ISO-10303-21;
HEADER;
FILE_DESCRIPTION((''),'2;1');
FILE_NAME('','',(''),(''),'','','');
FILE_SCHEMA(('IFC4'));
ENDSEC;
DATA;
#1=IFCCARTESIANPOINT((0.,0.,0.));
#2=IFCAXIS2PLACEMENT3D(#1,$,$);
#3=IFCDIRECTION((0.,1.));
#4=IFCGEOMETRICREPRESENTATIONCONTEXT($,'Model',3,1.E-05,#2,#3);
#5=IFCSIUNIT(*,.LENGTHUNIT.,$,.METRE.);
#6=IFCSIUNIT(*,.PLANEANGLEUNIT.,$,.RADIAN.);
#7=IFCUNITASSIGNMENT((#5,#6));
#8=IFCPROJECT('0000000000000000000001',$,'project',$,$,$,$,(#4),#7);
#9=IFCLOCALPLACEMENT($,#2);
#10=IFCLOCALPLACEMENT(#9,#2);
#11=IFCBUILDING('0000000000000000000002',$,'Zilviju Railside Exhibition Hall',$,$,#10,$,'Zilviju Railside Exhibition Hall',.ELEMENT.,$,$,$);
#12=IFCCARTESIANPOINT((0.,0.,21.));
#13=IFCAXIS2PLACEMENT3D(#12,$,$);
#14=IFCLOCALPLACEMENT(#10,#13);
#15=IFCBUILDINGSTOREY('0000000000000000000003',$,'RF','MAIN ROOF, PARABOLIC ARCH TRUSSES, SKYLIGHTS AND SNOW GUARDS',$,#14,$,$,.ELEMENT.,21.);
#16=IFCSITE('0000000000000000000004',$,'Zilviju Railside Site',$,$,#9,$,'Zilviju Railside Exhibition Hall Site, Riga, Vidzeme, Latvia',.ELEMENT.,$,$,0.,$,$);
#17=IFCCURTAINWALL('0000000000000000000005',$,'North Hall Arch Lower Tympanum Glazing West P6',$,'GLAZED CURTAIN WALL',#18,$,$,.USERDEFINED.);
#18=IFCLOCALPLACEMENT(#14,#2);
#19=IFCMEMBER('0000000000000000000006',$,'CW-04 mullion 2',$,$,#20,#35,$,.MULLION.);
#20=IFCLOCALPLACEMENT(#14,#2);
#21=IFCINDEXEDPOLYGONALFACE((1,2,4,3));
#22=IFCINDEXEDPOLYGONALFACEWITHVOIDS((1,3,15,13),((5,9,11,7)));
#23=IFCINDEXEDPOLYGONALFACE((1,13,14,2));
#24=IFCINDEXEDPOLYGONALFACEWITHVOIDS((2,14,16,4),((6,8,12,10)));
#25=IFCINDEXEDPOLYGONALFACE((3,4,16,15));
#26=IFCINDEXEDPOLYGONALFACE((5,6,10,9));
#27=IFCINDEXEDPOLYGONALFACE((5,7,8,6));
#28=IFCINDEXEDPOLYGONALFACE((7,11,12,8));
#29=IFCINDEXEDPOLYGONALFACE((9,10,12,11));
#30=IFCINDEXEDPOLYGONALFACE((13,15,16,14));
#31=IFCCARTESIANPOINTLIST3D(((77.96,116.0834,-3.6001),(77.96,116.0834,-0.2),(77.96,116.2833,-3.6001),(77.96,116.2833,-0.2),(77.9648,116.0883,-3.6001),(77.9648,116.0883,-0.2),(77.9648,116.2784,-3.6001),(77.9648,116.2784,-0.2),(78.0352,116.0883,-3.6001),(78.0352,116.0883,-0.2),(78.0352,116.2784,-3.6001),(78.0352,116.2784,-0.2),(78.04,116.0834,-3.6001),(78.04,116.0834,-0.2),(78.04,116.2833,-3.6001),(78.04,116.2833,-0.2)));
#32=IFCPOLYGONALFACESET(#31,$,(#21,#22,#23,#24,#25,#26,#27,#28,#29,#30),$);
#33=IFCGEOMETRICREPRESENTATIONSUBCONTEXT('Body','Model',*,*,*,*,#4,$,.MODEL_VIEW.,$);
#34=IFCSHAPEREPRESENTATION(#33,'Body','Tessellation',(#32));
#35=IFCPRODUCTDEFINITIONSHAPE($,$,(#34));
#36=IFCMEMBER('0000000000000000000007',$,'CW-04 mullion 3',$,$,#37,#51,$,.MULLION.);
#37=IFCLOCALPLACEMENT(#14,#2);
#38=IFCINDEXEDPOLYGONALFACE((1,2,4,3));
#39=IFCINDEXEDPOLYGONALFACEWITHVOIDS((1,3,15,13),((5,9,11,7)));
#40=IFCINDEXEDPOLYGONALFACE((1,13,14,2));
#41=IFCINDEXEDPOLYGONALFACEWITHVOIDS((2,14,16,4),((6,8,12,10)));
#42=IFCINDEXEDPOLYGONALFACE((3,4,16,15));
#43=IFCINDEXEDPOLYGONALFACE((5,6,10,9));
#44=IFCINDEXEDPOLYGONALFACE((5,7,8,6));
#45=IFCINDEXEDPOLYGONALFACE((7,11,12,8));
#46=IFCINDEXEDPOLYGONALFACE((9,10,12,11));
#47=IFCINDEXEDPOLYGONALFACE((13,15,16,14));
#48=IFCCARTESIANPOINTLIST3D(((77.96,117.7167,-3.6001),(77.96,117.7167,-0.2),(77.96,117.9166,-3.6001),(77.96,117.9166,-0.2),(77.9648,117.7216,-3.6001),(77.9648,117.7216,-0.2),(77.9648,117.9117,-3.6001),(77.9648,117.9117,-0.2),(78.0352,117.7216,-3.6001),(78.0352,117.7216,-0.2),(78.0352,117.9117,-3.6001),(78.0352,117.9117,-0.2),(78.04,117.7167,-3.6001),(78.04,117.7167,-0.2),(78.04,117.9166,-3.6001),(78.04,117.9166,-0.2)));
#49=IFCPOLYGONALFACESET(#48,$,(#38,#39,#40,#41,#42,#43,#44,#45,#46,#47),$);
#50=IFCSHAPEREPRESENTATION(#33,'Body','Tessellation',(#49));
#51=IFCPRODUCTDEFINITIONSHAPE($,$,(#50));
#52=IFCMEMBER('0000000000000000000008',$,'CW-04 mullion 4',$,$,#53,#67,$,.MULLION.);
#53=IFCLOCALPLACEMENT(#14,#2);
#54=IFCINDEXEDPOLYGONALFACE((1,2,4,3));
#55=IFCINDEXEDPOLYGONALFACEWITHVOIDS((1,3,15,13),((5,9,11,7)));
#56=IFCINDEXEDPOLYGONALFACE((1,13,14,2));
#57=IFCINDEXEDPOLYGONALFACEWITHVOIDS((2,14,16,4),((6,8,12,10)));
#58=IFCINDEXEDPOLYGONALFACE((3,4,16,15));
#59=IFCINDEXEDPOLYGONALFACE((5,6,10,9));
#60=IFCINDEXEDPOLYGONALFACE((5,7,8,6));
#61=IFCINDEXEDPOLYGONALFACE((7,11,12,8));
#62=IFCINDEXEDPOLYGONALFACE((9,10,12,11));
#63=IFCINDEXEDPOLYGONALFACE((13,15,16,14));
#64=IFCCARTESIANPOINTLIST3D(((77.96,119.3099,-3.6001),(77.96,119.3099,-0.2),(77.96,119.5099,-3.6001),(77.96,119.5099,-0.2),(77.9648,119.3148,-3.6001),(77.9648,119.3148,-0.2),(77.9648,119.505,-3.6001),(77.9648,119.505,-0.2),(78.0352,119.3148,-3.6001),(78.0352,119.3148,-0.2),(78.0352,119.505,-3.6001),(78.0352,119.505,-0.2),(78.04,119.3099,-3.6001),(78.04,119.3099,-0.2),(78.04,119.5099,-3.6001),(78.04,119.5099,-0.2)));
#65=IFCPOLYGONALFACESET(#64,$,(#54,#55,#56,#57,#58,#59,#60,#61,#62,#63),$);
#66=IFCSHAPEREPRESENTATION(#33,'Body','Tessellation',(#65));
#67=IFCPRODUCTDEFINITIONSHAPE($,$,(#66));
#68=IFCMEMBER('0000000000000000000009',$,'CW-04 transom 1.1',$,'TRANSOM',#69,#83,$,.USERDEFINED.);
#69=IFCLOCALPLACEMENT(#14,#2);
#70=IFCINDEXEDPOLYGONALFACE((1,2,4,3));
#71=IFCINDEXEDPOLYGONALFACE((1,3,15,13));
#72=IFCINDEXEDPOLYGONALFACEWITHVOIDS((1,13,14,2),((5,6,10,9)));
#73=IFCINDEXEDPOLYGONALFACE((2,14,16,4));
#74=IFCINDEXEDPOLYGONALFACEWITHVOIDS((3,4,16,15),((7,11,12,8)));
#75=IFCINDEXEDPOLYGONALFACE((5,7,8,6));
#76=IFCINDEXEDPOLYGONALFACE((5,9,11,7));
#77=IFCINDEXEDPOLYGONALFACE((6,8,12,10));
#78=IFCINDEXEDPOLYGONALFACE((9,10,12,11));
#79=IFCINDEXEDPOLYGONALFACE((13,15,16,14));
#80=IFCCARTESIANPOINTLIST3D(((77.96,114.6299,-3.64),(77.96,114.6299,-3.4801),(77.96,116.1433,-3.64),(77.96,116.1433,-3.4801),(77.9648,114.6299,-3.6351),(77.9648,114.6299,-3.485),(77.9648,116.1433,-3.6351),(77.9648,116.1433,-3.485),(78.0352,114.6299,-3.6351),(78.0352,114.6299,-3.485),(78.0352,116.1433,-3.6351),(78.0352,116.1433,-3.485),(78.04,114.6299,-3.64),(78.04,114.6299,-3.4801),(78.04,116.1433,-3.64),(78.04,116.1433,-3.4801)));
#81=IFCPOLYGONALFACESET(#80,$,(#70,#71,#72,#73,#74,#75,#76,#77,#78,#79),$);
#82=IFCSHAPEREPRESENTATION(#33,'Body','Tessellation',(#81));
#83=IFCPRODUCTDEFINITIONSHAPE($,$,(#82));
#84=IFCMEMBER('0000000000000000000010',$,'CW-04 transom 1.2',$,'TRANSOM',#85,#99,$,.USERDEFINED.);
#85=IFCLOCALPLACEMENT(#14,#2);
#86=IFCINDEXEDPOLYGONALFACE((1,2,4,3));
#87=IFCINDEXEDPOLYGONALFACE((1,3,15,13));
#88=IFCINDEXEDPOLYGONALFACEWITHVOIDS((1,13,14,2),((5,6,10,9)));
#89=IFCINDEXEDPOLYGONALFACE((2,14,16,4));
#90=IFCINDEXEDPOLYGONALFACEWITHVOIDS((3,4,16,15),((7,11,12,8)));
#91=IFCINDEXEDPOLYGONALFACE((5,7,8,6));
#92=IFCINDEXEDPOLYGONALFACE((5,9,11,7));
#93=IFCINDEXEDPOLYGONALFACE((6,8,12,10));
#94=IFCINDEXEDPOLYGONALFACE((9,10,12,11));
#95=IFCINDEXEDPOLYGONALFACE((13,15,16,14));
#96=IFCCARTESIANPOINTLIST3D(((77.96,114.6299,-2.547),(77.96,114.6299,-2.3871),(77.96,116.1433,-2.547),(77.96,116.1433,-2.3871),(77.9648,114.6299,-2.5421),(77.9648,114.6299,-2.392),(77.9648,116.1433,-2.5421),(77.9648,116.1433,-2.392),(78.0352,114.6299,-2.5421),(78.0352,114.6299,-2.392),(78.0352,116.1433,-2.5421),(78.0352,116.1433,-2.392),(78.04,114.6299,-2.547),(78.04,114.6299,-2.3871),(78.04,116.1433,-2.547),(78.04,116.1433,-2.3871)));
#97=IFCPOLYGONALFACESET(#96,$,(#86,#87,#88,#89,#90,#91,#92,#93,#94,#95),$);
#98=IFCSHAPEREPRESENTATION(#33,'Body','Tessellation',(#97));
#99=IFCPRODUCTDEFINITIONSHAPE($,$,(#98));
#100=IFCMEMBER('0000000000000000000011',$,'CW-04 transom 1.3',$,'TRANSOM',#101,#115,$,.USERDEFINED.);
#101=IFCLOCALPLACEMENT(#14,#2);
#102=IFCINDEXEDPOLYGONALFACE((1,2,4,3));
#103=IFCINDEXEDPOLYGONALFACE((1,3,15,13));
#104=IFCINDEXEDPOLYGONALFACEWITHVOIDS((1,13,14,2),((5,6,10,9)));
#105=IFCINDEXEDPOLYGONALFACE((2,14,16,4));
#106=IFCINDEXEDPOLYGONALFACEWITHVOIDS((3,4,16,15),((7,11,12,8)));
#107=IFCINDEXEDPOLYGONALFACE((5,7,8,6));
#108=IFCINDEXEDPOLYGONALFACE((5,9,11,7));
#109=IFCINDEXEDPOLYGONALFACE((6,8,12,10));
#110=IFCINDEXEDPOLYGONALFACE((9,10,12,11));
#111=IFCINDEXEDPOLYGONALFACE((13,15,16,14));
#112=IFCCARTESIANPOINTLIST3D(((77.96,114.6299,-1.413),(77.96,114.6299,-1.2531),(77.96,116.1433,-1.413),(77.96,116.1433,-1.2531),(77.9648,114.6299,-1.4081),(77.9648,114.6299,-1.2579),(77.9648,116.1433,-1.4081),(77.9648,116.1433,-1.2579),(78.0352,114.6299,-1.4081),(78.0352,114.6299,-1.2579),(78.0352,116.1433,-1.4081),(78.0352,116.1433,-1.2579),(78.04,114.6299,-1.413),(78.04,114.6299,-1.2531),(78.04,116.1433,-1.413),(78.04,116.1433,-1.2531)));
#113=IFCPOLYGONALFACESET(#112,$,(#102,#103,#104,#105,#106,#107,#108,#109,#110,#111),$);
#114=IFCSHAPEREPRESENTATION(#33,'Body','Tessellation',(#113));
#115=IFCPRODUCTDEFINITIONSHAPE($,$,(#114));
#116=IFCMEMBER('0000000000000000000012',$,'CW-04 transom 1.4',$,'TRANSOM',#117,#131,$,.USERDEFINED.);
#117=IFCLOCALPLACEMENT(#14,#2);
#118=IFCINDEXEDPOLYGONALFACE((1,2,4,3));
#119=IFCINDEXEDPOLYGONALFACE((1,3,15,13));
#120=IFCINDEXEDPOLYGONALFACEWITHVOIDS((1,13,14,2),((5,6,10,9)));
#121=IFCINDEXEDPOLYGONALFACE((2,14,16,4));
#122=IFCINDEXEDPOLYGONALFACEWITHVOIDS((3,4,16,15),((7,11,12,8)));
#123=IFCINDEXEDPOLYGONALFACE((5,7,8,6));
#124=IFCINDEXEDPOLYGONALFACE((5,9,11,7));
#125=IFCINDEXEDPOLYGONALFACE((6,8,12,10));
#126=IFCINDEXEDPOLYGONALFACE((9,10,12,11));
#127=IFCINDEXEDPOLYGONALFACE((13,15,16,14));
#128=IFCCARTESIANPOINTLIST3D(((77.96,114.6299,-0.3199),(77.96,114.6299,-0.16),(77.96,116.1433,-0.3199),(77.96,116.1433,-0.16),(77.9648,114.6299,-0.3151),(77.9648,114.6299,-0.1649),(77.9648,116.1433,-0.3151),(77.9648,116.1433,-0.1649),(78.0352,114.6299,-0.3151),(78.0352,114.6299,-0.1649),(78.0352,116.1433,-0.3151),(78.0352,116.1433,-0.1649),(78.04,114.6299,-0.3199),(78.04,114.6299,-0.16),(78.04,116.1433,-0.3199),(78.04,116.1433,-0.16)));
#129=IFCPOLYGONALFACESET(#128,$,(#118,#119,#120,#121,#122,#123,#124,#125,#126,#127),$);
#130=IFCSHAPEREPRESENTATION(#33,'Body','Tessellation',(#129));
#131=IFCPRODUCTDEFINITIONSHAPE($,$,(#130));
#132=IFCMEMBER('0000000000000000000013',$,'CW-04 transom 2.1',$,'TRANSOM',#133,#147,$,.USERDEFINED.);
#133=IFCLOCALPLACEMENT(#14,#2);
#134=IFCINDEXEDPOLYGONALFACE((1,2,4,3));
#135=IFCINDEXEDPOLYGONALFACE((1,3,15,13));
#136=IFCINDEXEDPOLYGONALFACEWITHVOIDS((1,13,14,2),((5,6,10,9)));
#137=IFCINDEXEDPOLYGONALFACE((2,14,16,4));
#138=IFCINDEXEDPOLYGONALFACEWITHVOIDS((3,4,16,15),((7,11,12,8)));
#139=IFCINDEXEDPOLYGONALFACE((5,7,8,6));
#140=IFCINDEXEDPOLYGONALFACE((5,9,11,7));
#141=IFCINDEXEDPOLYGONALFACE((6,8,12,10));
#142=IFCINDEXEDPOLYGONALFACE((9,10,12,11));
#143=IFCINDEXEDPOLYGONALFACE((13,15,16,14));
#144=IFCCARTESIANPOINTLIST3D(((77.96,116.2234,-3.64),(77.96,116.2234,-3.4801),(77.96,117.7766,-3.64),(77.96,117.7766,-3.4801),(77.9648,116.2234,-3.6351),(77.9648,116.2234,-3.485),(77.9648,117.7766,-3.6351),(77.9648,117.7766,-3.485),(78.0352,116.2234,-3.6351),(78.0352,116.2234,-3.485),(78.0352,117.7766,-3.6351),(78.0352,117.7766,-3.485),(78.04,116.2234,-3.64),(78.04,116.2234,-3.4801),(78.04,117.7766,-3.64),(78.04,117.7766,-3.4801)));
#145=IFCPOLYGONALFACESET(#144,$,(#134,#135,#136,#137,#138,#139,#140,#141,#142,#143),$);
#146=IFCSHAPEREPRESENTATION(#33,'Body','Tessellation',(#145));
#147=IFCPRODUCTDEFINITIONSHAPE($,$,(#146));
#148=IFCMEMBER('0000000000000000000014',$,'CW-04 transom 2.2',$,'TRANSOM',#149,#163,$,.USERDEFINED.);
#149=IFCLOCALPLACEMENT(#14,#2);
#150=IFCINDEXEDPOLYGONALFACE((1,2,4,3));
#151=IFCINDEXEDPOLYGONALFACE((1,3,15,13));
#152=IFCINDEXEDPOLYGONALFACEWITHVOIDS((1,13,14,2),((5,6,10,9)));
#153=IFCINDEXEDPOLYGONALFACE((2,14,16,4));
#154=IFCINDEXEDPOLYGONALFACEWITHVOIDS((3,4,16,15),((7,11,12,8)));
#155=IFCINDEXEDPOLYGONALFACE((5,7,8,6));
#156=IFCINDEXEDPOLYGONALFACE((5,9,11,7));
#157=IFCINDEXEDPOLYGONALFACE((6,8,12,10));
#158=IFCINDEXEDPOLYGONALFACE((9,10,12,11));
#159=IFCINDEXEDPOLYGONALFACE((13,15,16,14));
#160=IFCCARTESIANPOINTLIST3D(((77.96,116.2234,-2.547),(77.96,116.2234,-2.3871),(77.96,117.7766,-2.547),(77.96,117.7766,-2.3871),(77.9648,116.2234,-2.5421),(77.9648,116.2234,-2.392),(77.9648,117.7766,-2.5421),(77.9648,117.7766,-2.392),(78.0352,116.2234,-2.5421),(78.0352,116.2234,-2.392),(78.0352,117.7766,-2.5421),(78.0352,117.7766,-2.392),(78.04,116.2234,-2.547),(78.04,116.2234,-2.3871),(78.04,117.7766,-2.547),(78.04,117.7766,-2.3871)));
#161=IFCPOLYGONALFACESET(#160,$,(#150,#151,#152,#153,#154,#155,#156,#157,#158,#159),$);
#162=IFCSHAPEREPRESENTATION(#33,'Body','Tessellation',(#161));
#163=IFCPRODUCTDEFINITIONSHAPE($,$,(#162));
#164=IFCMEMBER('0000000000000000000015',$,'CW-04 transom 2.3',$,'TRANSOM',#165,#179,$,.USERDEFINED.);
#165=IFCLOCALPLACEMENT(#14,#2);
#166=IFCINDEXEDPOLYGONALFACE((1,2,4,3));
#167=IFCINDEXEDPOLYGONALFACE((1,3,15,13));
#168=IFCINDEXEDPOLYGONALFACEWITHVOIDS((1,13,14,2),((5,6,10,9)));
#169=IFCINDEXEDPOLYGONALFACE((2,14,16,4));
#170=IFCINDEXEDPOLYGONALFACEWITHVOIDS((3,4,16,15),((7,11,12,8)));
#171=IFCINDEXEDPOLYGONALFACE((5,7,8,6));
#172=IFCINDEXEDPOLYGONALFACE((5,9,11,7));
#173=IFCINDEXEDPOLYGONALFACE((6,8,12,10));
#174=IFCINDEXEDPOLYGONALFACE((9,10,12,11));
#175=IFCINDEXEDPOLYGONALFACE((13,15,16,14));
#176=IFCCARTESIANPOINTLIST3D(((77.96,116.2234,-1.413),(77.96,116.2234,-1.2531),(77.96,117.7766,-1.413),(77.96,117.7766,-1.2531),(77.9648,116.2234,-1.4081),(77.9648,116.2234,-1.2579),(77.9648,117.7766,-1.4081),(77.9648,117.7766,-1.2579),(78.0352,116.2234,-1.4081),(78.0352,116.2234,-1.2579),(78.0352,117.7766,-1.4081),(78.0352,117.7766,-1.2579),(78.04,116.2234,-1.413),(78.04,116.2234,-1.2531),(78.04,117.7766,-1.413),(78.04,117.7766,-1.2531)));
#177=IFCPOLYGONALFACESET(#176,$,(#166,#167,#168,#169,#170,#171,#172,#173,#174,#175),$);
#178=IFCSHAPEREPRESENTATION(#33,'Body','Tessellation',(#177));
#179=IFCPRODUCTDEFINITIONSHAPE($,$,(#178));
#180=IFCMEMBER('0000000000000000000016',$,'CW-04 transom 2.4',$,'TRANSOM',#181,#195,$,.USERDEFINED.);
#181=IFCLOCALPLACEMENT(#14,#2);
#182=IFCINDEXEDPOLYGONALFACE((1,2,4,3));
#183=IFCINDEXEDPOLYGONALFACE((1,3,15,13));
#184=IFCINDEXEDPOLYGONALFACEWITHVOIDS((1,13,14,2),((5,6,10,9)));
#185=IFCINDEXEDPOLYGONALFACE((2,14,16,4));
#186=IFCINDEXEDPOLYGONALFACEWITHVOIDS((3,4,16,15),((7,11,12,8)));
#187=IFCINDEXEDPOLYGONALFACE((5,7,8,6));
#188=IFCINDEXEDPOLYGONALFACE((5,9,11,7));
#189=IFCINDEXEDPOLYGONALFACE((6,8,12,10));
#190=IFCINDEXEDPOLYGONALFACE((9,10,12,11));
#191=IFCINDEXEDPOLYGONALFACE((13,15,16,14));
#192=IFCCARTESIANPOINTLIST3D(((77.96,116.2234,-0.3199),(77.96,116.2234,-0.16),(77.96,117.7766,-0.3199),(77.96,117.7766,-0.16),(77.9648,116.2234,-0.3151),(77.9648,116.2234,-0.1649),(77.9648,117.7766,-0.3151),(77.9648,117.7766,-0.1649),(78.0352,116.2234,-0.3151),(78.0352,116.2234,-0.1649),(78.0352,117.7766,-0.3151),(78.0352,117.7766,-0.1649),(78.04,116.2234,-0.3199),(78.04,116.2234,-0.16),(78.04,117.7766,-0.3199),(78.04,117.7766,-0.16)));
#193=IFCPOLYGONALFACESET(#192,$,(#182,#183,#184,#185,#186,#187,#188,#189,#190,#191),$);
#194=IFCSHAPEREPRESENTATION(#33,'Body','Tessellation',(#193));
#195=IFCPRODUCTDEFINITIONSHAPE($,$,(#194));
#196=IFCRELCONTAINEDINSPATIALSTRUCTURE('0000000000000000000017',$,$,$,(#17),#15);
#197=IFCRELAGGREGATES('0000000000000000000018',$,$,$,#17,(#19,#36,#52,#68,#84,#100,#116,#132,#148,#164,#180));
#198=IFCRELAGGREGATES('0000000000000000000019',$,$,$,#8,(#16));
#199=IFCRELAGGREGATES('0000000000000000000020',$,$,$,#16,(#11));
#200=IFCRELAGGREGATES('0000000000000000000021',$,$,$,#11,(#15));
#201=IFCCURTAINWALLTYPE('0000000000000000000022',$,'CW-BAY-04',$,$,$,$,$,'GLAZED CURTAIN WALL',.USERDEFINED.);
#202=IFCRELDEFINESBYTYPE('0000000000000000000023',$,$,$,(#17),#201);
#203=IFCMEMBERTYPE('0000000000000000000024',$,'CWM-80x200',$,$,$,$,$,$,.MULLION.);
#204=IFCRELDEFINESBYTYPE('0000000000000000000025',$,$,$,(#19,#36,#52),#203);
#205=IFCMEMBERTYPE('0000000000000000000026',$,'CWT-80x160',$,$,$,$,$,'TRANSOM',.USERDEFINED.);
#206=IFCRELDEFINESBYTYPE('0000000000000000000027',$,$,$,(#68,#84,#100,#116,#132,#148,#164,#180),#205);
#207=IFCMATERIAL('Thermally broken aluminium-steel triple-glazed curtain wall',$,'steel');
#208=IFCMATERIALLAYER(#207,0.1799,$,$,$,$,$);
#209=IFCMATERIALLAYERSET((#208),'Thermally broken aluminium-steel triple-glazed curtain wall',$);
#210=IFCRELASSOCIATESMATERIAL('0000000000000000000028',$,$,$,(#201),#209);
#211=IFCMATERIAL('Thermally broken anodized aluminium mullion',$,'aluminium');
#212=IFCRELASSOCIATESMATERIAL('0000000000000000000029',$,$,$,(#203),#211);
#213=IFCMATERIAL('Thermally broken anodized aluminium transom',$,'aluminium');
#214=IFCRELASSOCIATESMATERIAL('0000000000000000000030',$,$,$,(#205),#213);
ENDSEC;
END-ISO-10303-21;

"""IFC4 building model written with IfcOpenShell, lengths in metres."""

from ifc_helpers import new_model, si_unit, direction, frame, origin, origin_2d, place, context, subcontext, project, spatial, hollow_rectangle, extrude, material, layer, layer_set, material_profile, profile_set, type_object, element, aggregate, save


model = new_model("IFC4")

# Units and contexts
model_context = context("Model", 3, precision=1e-05, world=origin(), true_north=direction((0.0, 1.0)))
body_context = subcontext(model_context, "Body", "Model", "MODEL_VIEW")
ifc_project = project(units=[si_unit("LENGTHUNIT", "METRE"), si_unit("PLANEANGLEUNIT", "RADIAN")], contexts=[model_context])

# Site, building, storey
site_placement = place(None, origin())
site = spatial("IfcSite", under=ifc_project, at=site_placement, Name="Zilviju Railside Site", LongName="Zilviju Railside Exhibition Hall Site, Riga, Vidzeme, Latvia", CompositionType="ELEMENT", RefElevation=0.0)
building_placement = place(site_placement, origin())
building = spatial("IfcBuilding", under=site, at=building_placement, Name="Zilviju Railside Exhibition Hall", LongName="Zilviju Railside Exhibition Hall", CompositionType="ELEMENT")
storey_placement = place(building_placement, frame((0.0, 0.0, 21.0)))
storey = spatial("IfcBuildingStorey", under=building, at=storey_placement, Name="RF", Description="MAIN ROOF, PARABOLIC ARCH TRUSSES, SKYLIGHTS AND SNOW GUARDS", CompositionType="ELEMENT", Elevation=21.0)

# Curtain wall, members
ifc_material_1 = material(Name="Thermally broken aluminium-steel triple-glazed curtain wall", Category="steel")
ifc_layer_1 = layer(ifc_material_1, 0.1799)
ifc_layer_set_1 = layer_set([ifc_layer_1], Name="Thermally broken aluminium-steel triple-glazed curtain wall")
curtain_wall_type = type_object("IfcCurtainWallType", Name="CW-BAY-04", ElementType="GLAZED CURTAIN WALL", PredefinedType="USERDEFINED", material=ifc_layer_set_1)
curtain_wall_placement = place(storey_placement, origin())
curtain_wall = element("IfcCurtainWall", 1, at=curtain_wall_placement, inside=storey, type_object=curtain_wall_type, Name="North Hall Arch Lower Tympanum Glazing West P6", ObjectType="GLAZED CURTAIN WALL", PredefinedType="USERDEFINED")
ifc_material_2 = material(Name="Thermally broken anodized aluminium mullion", Category="aluminium")
ifc_material_profile_1 = material_profile(ifc_material_2, hollow_rectangle(XDim=0.0801, YDim=0.2, WallThickness=0.0049, at=origin_2d()), Name="MULLION 200x80x5")
ifc_profile_set_1 = profile_set([ifc_material_profile_1], Name="Thermally broken anodized aluminium mullion")
member_type_1 = type_object("IfcMemberType", Name="CWM-80x200", PredefinedType="MULLION", material=ifc_profile_set_1)
member_1_placement = place(storey_placement, frame((78.0, 116.1833, -3.6001), z_axis=(0.0, 0.0, 1.0), x_axis=(-1.0, 0.0, 0.0)))
member_1 = element("IfcMember", 2, at=member_1_placement, type_object=member_type_1, Name="CW-04 mullion 2", PredefinedType="MULLION", context=body_context, shape_type="SweptSolid", body=[
    extrude(hollow_rectangle(XDim=0.0801, YDim=0.2, WallThickness=0.0049, at=origin_2d()), origin(), (0.0, 0.0, 1.0), 3.4001),
])
member_2_placement = place(storey_placement, frame((78.0, 117.8167, -3.6001), z_axis=(0.0, 0.0, 1.0), x_axis=(-1.0, 0.0, 0.0)))
member_2 = element("IfcMember", 3, at=member_2_placement, type_object=member_type_1, Name="CW-04 mullion 3", PredefinedType="MULLION", context=body_context, shape_type="SweptSolid", body=[
    extrude(hollow_rectangle(XDim=0.0801, YDim=0.2, WallThickness=0.0049, at=origin_2d()), origin(), (0.0, 0.0, 1.0), 3.4001),
])
member_3_placement = place(storey_placement, frame((78.0, 119.4099, -3.6001), z_axis=(0.0, 0.0, 1.0), x_axis=(-1.0, 0.0, 0.0)))
member_3 = element("IfcMember", 4, at=member_3_placement, type_object=member_type_1, Name="CW-04 mullion 4", PredefinedType="MULLION", context=body_context, shape_type="SweptSolid", body=[
    extrude(hollow_rectangle(XDim=0.0801, YDim=0.2, WallThickness=0.0049, at=origin_2d()), origin(), (0.0, 0.0, 1.0), 3.4001),
])
ifc_material_3 = material(Name="Thermally broken anodized aluminium transom", Category="aluminium")
ifc_material_profile_2 = material_profile(ifc_material_3, hollow_rectangle(XDim=0.0801, YDim=0.1599, WallThickness=0.0049, at=origin_2d()), Name="TRANSOM 160x80x5")
ifc_profile_set_2 = profile_set([ifc_material_profile_2], Name="Thermally broken anodized aluminium transom")
member_type_2 = type_object("IfcMemberType", Name="CWT-80x160", ElementType="TRANSOM", PredefinedType="USERDEFINED", material=ifc_profile_set_2)
member_4_placement = place(storey_placement, frame((78.0, 114.6299, -3.5601), z_axis=(0.0, 1.0, 0.0), x_axis=(-1.0, 0.0, 0.0)))
member_4 = element("IfcMember", 5, at=member_4_placement, type_object=member_type_2, Name="CW-04 transom 1.1", ObjectType="TRANSOM", PredefinedType="USERDEFINED", context=body_context, shape_type="SweptSolid", body=[
    extrude(hollow_rectangle(XDim=0.0801, YDim=0.1599, WallThickness=0.0049, at=origin_2d()), origin(), (0.0, 0.0, 1.0), 1.5134),
])
member_5_placement = place(storey_placement, frame((78.0, 114.6299, -2.467), z_axis=(0.0, 1.0, 0.0), x_axis=(-1.0, 0.0, 0.0)))
member_5 = element("IfcMember", 6, at=member_5_placement, type_object=member_type_2, Name="CW-04 transom 1.2", ObjectType="TRANSOM", PredefinedType="USERDEFINED", context=body_context, shape_type="SweptSolid", body=[
    extrude(hollow_rectangle(XDim=0.0801, YDim=0.1599, WallThickness=0.0049, at=origin_2d()), origin(), (0.0, 0.0, 1.0), 1.5134),
])
member_6_placement = place(storey_placement, frame((78.0, 114.6299, -1.333), z_axis=(0.0, 1.0, 0.0), x_axis=(-1.0, 0.0, 0.0)))
member_6 = element("IfcMember", 7, at=member_6_placement, type_object=member_type_2, Name="CW-04 transom 1.3", ObjectType="TRANSOM", PredefinedType="USERDEFINED", context=body_context, shape_type="SweptSolid", body=[
    extrude(hollow_rectangle(XDim=0.0801, YDim=0.1599, WallThickness=0.0049, at=origin_2d()), origin(), (0.0, 0.0, 1.0), 1.5134),
])
member_7_placement = place(storey_placement, frame((78.0, 114.6299, -0.24), z_axis=(0.0, 1.0, 0.0), x_axis=(-1.0, 0.0, 0.0)))
member_7 = element("IfcMember", 8, at=member_7_placement, type_object=member_type_2, Name="CW-04 transom 1.4", ObjectType="TRANSOM", PredefinedType="USERDEFINED", context=body_context, shape_type="SweptSolid", body=[
    extrude(hollow_rectangle(XDim=0.0801, YDim=0.1599, WallThickness=0.0049, at=origin_2d()), origin(), (0.0, 0.0, 1.0), 1.5134),
])
member_8_placement = place(storey_placement, frame((78.0, 116.2234, -3.5601), z_axis=(0.0, 1.0, 0.0), x_axis=(-1.0, 0.0, 0.0)))
member_8 = element("IfcMember", 9, at=member_8_placement, type_object=member_type_2, Name="CW-04 transom 2.1", ObjectType="TRANSOM", PredefinedType="USERDEFINED", context=body_context, shape_type="SweptSolid", body=[
    extrude(hollow_rectangle(XDim=0.0801, YDim=0.1599, WallThickness=0.0049, at=origin_2d()), origin(), (0.0, 0.0, 1.0), 1.5532),
])
member_9_placement = place(storey_placement, frame((78.0, 116.2234, -2.467), z_axis=(0.0, 1.0, 0.0), x_axis=(-1.0, 0.0, 0.0)))
member_9 = element("IfcMember", 10, at=member_9_placement, type_object=member_type_2, Name="CW-04 transom 2.2", ObjectType="TRANSOM", PredefinedType="USERDEFINED", context=body_context, shape_type="SweptSolid", body=[
    extrude(hollow_rectangle(XDim=0.0801, YDim=0.1599, WallThickness=0.0049, at=origin_2d()), origin(), (0.0, 0.0, 1.0), 1.5532),
])
member_10_placement = place(storey_placement, frame((78.0, 116.2234, -1.333), z_axis=(0.0, 1.0, 0.0), x_axis=(-1.0, 0.0, 0.0)))
member_10 = element("IfcMember", 11, at=member_10_placement, type_object=member_type_2, Name="CW-04 transom 2.3", ObjectType="TRANSOM", PredefinedType="USERDEFINED", context=body_context, shape_type="SweptSolid", body=[
    extrude(hollow_rectangle(XDim=0.0801, YDim=0.1599, WallThickness=0.0049, at=origin_2d()), origin(), (0.0, 0.0, 1.0), 1.5532),
])
member_11_placement = place(storey_placement, frame((78.0, 116.2234, -0.24), z_axis=(0.0, 1.0, 0.0), x_axis=(-1.0, 0.0, 0.0)))
member_11 = element("IfcMember", 12, at=member_11_placement, type_object=member_type_2, Name="CW-04 transom 2.4", ObjectType="TRANSOM", PredefinedType="USERDEFINED", context=body_context, shape_type="SweptSolid", body=[
    extrude(hollow_rectangle(XDim=0.0801, YDim=0.1599, WallThickness=0.0049, at=origin_2d()), origin(), (0.0, 0.0, 1.0), 1.5532),
])

aggregate(curtain_wall, [member_1, member_2, member_3, member_4, member_5, member_6, member_7, member_8, member_9, member_10, member_11])

save(model, "model.ifc")
